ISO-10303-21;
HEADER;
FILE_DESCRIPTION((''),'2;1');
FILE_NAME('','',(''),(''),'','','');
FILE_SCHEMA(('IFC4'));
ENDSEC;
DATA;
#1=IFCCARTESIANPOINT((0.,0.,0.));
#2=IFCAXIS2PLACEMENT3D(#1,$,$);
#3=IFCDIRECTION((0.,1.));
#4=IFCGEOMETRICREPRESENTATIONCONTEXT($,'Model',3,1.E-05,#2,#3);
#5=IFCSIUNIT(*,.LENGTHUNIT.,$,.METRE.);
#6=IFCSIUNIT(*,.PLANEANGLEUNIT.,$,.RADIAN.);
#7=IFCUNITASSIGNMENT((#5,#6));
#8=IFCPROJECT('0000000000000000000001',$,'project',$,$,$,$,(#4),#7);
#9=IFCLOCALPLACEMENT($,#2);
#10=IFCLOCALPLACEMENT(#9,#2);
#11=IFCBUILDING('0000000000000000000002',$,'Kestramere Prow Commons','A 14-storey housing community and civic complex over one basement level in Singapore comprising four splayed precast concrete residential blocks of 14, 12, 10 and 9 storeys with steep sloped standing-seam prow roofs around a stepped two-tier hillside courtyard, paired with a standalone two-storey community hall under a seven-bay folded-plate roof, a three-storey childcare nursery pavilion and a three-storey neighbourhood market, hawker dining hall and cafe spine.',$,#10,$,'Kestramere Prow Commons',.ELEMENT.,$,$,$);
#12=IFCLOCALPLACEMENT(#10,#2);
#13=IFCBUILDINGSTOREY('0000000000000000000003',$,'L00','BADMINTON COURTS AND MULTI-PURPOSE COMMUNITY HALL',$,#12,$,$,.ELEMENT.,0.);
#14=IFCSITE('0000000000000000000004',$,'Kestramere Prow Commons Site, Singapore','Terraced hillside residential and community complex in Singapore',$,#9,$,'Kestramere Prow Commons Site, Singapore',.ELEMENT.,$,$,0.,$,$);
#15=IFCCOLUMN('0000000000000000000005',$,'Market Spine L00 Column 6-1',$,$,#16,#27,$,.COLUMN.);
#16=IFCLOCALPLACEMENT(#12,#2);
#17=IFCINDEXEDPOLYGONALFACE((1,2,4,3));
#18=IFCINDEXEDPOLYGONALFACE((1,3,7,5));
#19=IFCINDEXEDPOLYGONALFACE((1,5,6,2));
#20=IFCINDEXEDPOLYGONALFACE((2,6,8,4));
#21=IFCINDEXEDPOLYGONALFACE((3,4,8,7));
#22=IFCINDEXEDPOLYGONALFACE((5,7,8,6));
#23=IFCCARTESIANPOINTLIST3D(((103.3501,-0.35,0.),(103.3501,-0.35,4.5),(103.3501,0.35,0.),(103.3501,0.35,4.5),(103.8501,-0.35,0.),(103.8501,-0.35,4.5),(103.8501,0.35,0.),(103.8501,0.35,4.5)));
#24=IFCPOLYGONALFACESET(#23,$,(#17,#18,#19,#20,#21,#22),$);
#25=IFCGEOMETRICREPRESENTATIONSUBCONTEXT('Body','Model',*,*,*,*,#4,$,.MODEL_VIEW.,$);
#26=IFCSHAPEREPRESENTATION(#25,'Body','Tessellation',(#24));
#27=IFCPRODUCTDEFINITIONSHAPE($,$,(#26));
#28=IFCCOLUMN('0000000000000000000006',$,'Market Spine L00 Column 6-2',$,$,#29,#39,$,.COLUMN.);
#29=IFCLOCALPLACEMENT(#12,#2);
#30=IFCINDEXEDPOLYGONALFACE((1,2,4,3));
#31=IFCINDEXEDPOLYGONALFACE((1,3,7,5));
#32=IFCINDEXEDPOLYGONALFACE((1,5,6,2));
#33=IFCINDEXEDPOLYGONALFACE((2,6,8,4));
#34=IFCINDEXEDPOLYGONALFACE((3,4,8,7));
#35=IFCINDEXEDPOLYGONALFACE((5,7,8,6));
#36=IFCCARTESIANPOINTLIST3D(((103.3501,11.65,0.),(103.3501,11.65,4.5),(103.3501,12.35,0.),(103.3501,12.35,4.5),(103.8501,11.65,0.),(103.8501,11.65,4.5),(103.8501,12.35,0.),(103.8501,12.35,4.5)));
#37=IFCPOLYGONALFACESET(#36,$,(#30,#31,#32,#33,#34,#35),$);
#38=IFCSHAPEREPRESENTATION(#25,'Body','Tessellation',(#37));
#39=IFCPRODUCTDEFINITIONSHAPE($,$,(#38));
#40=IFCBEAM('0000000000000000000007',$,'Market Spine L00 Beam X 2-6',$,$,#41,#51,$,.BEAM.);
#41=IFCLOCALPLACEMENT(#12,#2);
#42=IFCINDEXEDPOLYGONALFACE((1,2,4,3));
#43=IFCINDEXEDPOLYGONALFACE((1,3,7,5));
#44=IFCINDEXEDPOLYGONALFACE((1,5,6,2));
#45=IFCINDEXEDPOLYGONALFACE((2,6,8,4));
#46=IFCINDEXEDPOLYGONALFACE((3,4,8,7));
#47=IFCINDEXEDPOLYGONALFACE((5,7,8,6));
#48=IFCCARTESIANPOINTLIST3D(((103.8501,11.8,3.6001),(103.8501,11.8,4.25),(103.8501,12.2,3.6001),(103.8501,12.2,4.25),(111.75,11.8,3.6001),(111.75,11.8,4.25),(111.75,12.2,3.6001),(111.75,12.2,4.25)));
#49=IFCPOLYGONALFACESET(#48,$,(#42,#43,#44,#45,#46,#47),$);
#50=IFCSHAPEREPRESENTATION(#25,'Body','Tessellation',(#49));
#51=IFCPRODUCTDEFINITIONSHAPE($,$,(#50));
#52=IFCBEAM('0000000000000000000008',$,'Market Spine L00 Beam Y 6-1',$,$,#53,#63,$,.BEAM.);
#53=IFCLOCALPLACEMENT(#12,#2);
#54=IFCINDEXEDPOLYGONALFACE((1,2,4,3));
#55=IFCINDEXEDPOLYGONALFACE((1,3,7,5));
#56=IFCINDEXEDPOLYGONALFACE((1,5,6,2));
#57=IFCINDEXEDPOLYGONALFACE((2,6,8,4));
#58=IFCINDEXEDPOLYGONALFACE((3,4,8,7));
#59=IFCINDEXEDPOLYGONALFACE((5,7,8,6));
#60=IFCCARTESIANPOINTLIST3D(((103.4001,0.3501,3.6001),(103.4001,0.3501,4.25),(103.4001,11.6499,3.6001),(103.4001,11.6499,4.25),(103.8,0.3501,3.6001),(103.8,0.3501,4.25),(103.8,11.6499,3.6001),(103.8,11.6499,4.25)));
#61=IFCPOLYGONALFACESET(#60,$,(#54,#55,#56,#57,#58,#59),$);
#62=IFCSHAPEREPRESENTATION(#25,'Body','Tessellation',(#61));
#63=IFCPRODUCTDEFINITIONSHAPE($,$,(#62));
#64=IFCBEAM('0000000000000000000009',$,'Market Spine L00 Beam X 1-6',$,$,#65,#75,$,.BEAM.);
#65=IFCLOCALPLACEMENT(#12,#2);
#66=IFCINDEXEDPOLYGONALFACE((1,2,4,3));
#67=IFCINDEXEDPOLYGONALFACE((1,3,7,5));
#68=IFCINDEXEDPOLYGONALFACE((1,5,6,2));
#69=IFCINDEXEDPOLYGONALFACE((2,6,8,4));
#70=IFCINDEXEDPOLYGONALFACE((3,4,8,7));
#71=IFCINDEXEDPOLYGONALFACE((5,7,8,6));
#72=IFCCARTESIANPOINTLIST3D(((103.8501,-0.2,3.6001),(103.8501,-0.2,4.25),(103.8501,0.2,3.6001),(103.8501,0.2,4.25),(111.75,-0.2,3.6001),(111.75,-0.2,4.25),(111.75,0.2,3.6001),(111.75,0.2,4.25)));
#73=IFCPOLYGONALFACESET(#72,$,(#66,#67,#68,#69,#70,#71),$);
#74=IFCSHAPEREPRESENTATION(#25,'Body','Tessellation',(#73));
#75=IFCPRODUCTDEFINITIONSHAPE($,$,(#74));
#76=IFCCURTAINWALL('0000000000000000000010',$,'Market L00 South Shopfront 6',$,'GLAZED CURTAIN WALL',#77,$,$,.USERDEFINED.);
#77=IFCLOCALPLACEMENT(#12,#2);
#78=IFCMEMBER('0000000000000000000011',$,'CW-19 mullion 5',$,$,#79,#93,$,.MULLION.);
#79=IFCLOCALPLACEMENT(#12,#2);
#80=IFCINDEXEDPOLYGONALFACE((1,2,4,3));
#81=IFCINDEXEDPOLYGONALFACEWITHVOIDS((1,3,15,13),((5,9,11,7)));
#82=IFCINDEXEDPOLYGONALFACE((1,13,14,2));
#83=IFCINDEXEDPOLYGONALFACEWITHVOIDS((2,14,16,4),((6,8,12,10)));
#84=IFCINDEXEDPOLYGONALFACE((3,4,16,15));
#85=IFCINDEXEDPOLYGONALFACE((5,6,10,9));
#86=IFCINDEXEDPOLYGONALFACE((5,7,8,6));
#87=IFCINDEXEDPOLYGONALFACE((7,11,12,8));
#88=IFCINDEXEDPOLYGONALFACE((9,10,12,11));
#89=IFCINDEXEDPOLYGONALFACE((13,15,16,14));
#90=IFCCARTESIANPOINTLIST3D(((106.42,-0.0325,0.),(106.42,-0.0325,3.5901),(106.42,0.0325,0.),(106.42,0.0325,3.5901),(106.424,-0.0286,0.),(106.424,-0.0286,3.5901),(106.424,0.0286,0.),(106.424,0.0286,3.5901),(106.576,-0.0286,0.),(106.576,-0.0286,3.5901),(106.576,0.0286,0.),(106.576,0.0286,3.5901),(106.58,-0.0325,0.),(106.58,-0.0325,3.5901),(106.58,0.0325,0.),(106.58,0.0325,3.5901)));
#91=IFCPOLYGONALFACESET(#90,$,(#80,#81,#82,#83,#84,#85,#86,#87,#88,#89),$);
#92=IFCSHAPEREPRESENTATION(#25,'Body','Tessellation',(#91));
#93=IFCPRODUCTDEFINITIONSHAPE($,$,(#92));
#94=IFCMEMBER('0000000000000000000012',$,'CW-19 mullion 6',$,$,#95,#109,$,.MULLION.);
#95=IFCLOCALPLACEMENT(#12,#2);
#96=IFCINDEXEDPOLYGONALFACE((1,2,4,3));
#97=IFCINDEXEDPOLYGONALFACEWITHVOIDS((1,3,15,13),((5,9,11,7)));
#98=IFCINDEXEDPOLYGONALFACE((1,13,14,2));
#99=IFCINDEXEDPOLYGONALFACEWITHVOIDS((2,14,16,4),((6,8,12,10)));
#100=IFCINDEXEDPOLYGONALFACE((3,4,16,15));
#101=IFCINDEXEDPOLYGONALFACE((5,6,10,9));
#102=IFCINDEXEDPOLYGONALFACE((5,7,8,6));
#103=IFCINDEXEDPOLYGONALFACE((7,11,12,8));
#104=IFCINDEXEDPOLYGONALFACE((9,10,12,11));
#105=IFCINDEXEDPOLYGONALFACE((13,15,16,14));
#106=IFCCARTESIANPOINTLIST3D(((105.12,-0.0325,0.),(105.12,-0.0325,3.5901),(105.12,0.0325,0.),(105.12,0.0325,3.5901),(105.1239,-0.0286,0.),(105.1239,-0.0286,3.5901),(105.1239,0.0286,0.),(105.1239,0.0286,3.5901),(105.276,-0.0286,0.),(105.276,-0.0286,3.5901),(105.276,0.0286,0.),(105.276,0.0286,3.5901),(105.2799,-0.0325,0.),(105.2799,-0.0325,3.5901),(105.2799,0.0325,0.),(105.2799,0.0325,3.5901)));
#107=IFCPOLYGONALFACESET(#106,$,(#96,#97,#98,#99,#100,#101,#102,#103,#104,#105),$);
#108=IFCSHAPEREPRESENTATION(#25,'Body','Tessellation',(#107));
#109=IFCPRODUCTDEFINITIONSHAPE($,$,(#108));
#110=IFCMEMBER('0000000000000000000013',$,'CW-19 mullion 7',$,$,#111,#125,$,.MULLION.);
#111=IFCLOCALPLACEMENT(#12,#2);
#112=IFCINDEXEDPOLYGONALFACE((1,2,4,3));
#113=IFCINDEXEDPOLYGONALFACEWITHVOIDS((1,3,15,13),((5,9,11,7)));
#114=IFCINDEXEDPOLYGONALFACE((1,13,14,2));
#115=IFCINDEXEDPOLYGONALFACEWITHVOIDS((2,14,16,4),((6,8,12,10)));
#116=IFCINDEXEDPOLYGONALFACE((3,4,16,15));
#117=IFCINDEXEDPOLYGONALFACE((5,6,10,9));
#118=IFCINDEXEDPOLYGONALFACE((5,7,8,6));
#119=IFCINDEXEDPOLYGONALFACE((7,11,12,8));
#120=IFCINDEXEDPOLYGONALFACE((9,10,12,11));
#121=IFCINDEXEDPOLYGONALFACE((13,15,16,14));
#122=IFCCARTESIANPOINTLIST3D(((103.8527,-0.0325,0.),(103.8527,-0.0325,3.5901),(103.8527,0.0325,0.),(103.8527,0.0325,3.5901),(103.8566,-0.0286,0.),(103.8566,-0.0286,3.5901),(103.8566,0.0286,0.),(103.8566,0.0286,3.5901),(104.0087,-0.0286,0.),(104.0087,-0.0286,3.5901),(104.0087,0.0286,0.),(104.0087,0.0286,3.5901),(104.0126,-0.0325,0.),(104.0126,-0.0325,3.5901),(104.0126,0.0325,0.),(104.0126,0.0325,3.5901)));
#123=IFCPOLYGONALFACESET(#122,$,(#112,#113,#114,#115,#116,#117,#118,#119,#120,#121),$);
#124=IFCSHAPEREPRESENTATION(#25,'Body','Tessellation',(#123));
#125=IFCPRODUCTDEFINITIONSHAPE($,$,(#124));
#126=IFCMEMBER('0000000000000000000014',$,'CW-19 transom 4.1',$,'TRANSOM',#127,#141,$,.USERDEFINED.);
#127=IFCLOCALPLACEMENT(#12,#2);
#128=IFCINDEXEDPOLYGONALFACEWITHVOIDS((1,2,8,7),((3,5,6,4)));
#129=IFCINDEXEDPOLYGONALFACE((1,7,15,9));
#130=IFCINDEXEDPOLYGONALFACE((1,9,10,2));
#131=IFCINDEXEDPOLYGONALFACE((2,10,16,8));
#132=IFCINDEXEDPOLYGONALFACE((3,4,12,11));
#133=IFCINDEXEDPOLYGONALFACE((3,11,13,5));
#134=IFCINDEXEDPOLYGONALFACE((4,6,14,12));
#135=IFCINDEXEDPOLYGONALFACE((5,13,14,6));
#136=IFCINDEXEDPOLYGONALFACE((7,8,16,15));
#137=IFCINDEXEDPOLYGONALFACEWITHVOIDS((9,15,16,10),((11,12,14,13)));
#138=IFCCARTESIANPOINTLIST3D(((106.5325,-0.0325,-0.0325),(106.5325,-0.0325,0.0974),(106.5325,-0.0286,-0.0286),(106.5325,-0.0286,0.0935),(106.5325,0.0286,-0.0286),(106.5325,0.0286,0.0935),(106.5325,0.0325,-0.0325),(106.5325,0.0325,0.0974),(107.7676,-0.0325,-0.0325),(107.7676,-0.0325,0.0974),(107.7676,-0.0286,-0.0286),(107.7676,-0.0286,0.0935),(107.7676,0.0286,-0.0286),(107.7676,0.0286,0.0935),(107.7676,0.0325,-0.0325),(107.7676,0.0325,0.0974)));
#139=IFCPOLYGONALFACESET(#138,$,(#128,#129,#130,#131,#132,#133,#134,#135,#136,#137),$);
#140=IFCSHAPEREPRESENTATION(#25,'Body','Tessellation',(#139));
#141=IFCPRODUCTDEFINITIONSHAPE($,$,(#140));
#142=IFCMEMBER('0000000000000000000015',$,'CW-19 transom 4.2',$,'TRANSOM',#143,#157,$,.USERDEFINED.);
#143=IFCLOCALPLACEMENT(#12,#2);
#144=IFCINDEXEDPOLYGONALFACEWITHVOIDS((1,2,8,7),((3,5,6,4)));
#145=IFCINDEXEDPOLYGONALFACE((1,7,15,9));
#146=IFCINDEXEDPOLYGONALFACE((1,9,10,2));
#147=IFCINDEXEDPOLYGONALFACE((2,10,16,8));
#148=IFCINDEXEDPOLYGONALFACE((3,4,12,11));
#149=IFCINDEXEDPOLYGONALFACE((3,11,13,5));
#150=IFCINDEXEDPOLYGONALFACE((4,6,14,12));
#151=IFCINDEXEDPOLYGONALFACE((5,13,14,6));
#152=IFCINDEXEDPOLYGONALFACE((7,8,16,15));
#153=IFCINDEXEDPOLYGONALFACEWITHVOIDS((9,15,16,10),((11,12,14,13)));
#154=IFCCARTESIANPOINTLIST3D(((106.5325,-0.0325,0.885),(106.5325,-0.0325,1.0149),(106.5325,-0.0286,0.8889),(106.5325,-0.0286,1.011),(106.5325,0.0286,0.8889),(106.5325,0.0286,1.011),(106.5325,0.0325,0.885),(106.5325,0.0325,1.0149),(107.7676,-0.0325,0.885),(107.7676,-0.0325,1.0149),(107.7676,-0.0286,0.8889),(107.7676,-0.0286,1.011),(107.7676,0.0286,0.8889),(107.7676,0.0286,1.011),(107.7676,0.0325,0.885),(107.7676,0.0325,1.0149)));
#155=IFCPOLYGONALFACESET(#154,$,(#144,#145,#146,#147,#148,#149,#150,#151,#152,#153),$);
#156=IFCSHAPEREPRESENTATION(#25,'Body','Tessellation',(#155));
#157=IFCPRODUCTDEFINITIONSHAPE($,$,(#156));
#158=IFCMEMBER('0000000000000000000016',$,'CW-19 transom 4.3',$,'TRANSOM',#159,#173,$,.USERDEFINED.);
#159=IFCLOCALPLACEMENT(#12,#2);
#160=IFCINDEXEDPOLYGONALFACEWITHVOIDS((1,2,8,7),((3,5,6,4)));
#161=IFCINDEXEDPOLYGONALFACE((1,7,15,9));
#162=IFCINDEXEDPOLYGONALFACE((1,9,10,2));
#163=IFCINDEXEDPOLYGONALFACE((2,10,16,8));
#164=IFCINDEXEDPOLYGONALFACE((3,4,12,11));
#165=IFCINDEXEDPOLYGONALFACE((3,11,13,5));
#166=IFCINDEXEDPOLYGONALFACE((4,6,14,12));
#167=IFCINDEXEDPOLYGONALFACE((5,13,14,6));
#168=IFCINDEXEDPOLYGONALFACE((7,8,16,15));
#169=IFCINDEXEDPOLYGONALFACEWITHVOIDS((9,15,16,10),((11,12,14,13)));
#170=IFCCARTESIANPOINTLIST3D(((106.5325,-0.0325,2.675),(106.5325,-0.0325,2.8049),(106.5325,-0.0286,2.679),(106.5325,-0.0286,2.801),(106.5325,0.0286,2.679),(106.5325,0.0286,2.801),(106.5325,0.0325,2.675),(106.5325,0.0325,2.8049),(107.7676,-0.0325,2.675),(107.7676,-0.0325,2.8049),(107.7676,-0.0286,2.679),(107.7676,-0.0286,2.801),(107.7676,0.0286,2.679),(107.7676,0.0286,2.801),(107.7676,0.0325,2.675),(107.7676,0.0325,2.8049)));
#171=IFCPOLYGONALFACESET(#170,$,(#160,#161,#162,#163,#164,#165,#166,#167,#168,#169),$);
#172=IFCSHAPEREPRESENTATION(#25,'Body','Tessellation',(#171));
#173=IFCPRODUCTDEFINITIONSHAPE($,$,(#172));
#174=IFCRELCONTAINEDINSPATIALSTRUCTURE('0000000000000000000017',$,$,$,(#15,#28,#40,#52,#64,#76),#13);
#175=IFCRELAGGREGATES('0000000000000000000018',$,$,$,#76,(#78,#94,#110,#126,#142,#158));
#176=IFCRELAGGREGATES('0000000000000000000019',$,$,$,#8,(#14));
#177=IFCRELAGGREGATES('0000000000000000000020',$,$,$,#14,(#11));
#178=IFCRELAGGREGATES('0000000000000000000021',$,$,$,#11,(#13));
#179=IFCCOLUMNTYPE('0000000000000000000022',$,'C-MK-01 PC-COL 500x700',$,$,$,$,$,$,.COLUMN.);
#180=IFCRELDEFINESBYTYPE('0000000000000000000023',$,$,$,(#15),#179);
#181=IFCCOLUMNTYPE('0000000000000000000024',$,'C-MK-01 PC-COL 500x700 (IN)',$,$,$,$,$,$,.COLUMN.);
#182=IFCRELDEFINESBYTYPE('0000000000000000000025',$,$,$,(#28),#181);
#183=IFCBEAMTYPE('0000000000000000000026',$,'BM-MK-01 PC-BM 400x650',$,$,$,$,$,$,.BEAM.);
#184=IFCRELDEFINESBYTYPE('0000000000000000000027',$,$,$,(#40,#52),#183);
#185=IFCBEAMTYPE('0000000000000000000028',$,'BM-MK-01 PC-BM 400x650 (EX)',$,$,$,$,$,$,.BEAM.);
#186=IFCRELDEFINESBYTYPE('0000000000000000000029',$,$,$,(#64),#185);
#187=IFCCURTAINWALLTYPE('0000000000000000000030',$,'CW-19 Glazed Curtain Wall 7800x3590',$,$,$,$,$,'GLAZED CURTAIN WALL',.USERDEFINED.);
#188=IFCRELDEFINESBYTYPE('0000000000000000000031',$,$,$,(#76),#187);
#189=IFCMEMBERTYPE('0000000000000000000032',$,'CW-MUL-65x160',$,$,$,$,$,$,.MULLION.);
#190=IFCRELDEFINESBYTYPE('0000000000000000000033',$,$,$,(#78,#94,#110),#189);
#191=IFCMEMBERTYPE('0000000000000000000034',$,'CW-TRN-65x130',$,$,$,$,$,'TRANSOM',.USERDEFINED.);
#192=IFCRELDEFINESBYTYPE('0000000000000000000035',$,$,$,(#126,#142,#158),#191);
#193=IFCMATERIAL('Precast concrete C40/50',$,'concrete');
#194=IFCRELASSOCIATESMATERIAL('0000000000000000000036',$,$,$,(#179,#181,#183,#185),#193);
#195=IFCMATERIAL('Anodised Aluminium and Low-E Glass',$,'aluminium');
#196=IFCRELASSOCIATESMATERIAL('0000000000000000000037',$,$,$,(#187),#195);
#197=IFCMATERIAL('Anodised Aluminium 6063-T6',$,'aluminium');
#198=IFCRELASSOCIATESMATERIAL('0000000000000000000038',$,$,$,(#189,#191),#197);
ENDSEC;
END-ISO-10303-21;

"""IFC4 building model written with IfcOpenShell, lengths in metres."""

from ifc_helpers import new_model, si_unit, direction, frame, origin, origin_2d, place, context, subcontext, project, spatial, rectangle, hollow_rectangle, extrude, material, material_profile, profile_set, type_object, element, aggregate, save


model = new_model("IFC4")

# Units and contexts
model_context = context("Model", 3, precision=1e-05, world=origin(), true_north=direction((0.0, 1.0)))
body_context = subcontext(model_context, "Body", "Model", "MODEL_VIEW")
ifc_project = project(units=[si_unit("LENGTHUNIT", "METRE"), si_unit("PLANEANGLEUNIT", "RADIAN")], contexts=[model_context])

# Site, building, storey
site_placement = place(None, origin())
site = spatial("IfcSite", under=ifc_project, at=site_placement, Name="Kestramere Prow Commons Site, Singapore", Description="Terraced hillside residential and community complex in Singapore", LongName="Kestramere Prow Commons Site, Singapore", CompositionType="ELEMENT", RefElevation=0.0)
building_placement = place(site_placement, origin())
building = spatial("IfcBuilding", under=site, at=building_placement, Name="Kestramere Prow Commons", Description="A 14-storey housing community and civic complex over one basement level in Singapore comprising four splayed precast concrete residential blocks of 14, 12, 10 and 9 storeys with steep sloped standing-seam prow roofs around a stepped two-tier hillside courtyard, paired with a standalone two-storey community hall under a seven-bay folded-plate roof, a three-storey childcare nursery pavilion and a three-storey neighbourhood market, hawker dining hall and cafe spine.", LongName="Kestramere Prow Commons", CompositionType="ELEMENT")
storey_placement = place(building_placement, origin())
storey = spatial("IfcBuildingStorey", under=building, at=storey_placement, Name="L00", Description="BADMINTON COURTS AND MULTI-PURPOSE COMMUNITY HALL", CompositionType="ELEMENT", Elevation=0.0)

# Columns
ifc_material_1 = material(Name="Precast concrete C40/50", Category="concrete")
ifc_material_profile_1 = material_profile(ifc_material_1, rectangle(XDim=0.5, YDim=0.7, at=origin_2d()), Name="PC-COL 500x700")
ifc_profile_set_1 = profile_set([ifc_material_profile_1], Name="Precast concrete C40/50")
column_type_1 = type_object("IfcColumnType", Name="C-MK-01 PC-COL 500x700", PredefinedType="COLUMN", material=ifc_profile_set_1)
column_1_placement = place(storey_placement, frame((103.6001, 0.0, 0.0), z_axis=(0.0, 0.0, 1.0), x_axis=(1.0, 0.0, 0.0)))
element("IfcColumn", 1, at=column_1_placement, inside=storey, type_object=column_type_1, Name="Market Spine L00 Column 6-1", PredefinedType="COLUMN", context=body_context, shape_type="SweptSolid", body=[
    extrude(rectangle(XDim=0.5, YDim=0.7, at=origin_2d()), origin(), (0.0, 0.0, 1.0), 4.5),
])
ifc_material_profile_2 = material_profile(ifc_material_1, rectangle(XDim=0.5, YDim=0.7, at=origin_2d()), Name="PC-COL 500x700")
ifc_profile_set_2 = profile_set([ifc_material_profile_2], Name="Precast concrete C40/50")
column_type_2 = type_object("IfcColumnType", Name="C-MK-01 PC-COL 500x700 (IN)", PredefinedType="COLUMN", material=ifc_profile_set_2)
column_2_placement = place(storey_placement, frame((103.6001, 12.0, 0.0), z_axis=(0.0, 0.0, 1.0), x_axis=(1.0, 0.0, 0.0)))
element("IfcColumn", 2, at=column_2_placement, inside=storey, type_object=column_type_2, Name="Market Spine L00 Column 6-2", PredefinedType="COLUMN", context=body_context, shape_type="SweptSolid", body=[
    extrude(rectangle(XDim=0.5, YDim=0.7, at=origin_2d()), origin(), (0.0, 0.0, 1.0), 4.5),
])

# Beams
ifc_material_profile_3 = material_profile(ifc_material_1, rectangle(XDim=0.3999, YDim=0.6499, at=origin_2d()), Name="PC-BM 400x650")
ifc_profile_set_3 = profile_set([ifc_material_profile_3], Name="Precast concrete C40/50")
beam_type_1 = type_object("IfcBeamType", Name="BM-MK-01 PC-BM 400x650", PredefinedType="BEAM", material=ifc_profile_set_3)
beam_1_placement = place(storey_placement, frame((103.8501, 12.0, 3.925), z_axis=(1.0, 0.0, 0.0), x_axis=(0.0, 1.0, 0.0)))
element("IfcBeam", 3, at=beam_1_placement, inside=storey, type_object=beam_type_1, Name="Market Spine L00 Beam X 2-6", PredefinedType="BEAM", context=body_context, shape_type="SweptSolid", body=[
    extrude(rectangle(XDim=0.3999, YDim=0.6499, at=origin_2d()), origin(), (0.0, 0.0, 1.0), 7.8999),
])
beam_2_placement = place(storey_placement, frame((103.6001, 0.3501, 3.925), z_axis=(0.0, 1.0, 0.0), x_axis=(-1.0, 0.0, 0.0)))
element("IfcBeam", 4, at=beam_2_placement, inside=storey, type_object=beam_type_1, Name="Market Spine L00 Beam Y 6-1", PredefinedType="BEAM", context=body_context, shape_type="SweptSolid", body=[
    extrude(rectangle(XDim=0.3999, YDim=0.6499, at=origin_2d()), origin(), (0.0, 0.0, 1.0), 11.2998),
])
ifc_material_profile_4 = material_profile(ifc_material_1, rectangle(XDim=0.3999, YDim=0.6499, at=origin_2d()), Name="PC-BM 400x650")
ifc_profile_set_4 = profile_set([ifc_material_profile_4], Name="Precast concrete C40/50")
beam_type_2 = type_object("IfcBeamType", Name="BM-MK-01 PC-BM 400x650 (EX)", PredefinedType="BEAM", material=ifc_profile_set_4)
beam_3_placement = place(storey_placement, frame((103.8501, 0.0, 3.925), z_axis=(1.0, 0.0, 0.0), x_axis=(0.0, 1.0, 0.0)))
element("IfcBeam", 5, at=beam_3_placement, inside=storey, type_object=beam_type_2, Name="Market Spine L00 Beam X 1-6", PredefinedType="BEAM", context=body_context, shape_type="SweptSolid", body=[
    extrude(rectangle(XDim=0.3999, YDim=0.6499, at=origin_2d()), origin(), (0.0, 0.0, 1.0), 7.8999),
])

# Curtain wall, members
ifc_material_2 = material(Name="Anodised Aluminium and Low-E Glass", Category="aluminium")
curtain_wall_type = type_object("IfcCurtainWallType", Name="CW-19 Glazed Curtain Wall 7800x3590", ElementType="GLAZED CURTAIN WALL", PredefinedType="USERDEFINED", material=ifc_material_2)
curtain_wall_placement = place(storey_placement, origin())
curtain_wall = element("IfcCurtainWall", 6, at=curtain_wall_placement, inside=storey, type_object=curtain_wall_type, Name="Market L00 South Shopfront 6", ObjectType="GLAZED CURTAIN WALL", PredefinedType="USERDEFINED")
ifc_material_3 = material(Name="Anodised Aluminium 6063-T6", Category="aluminium")
ifc_material_profile_5 = material_profile(ifc_material_3, hollow_rectangle(XDim=0.0649, YDim=0.1599, WallThickness=0.0039, at=origin_2d()), Name="ALU-MUL 65x160")
ifc_profile_set_5 = profile_set([ifc_material_profile_5], Name="Anodised Aluminium 6063-T6")
member_type_1 = type_object("IfcMemberType", Name="CW-MUL-65x160", PredefinedType="MULLION", material=ifc_profile_set_5)
member_1_placement = place(storey_placement, frame((106.5, 0.0, 0.0), z_axis=(0.0, 0.0, 1.0), x_axis=(0.0, -1.0, 0.0)))
member_1 = element("IfcMember", 7, at=member_1_placement, type_object=member_type_1, Name="CW-19 mullion 5", PredefinedType="MULLION", context=body_context, shape_type="SweptSolid", body=[
    extrude(hollow_rectangle(XDim=0.0649, YDim=0.1599, WallThickness=0.0039, at=origin_2d()), origin(), (0.0, 0.0, 1.0), 3.5901),
])
member_2_placement = place(storey_placement, frame((105.2, 0.0, 0.0), z_axis=(0.0, 0.0, 1.0), x_axis=(0.0, -1.0, 0.0)))
member_2 = element("IfcMember", 8, at=member_2_placement, type_object=member_type_1, Name="CW-19 mullion 6", PredefinedType="MULLION", context=body_context, shape_type="SweptSolid", body=[
    extrude(hollow_rectangle(XDim=0.0649, YDim=0.1599, WallThickness=0.0039, at=origin_2d()), origin(), (0.0, 0.0, 1.0), 3.5901),
])
member_3_placement = place(storey_placement, frame((103.9326, 0.0, 0.0), z_axis=(0.0, 0.0, 1.0), x_axis=(0.0, -1.0, 0.0)))
member_3 = element("IfcMember", 9, at=member_3_placement, type_object=member_type_1, Name="CW-19 mullion 7", PredefinedType="MULLION", context=body_context, shape_type="SweptSolid", body=[
    extrude(hollow_rectangle(XDim=0.0649, YDim=0.1599, WallThickness=0.0039, at=origin_2d()), origin(), (0.0, 0.0, 1.0), 3.5901),
])
ifc_material_profile_6 = material_profile(ifc_material_3, hollow_rectangle(XDim=0.0649, YDim=0.1299, WallThickness=0.0039, at=origin_2d()), Name="ALU-TRN 65x130")
ifc_profile_set_6 = profile_set([ifc_material_profile_6], Name="Anodised Aluminium 6063-T6")
member_type_2 = type_object("IfcMemberType", Name="CW-TRN-65x130", ElementType="TRANSOM", PredefinedType="USERDEFINED", material=ifc_profile_set_6)
member_4_placement = place(storey_placement, frame((107.7676, 0.0, 0.0325), z_axis=(-1.0, 0.0, 0.0), x_axis=(0.0, -1.0, 0.0)))
member_4 = element("IfcMember", 10, at=member_4_placement, type_object=member_type_2, Name="CW-19 transom 4.1", ObjectType="TRANSOM", PredefinedType="USERDEFINED", context=body_context, shape_type="SweptSolid", body=[
    extrude(hollow_rectangle(XDim=0.0649, YDim=0.1299, WallThickness=0.0039, at=origin_2d()), origin(), (0.0, 0.0, 1.0), 1.2351),
])
member_5_placement = place(storey_placement, frame((107.7676, 0.0, 0.95), z_axis=(-1.0, 0.0, 0.0), x_axis=(0.0, -1.0, 0.0)))
member_5 = element("IfcMember", 11, at=member_5_placement, type_object=member_type_2, Name="CW-19 transom 4.2", ObjectType="TRANSOM", PredefinedType="USERDEFINED", context=body_context, shape_type="SweptSolid", body=[
    extrude(hollow_rectangle(XDim=0.0649, YDim=0.1299, WallThickness=0.0039, at=origin_2d()), origin(), (0.0, 0.0, 1.0), 1.2351),
])
member_6_placement = place(storey_placement, frame((107.7676, 0.0, 2.74), z_axis=(-1.0, 0.0, 0.0), x_axis=(0.0, -1.0, 0.0)))
member_6 = element("IfcMember", 12, at=member_6_placement, type_object=member_type_2, Name="CW-19 transom 4.3", ObjectType="TRANSOM", PredefinedType="USERDEFINED", context=body_context, shape_type="SweptSolid", body=[
    extrude(hollow_rectangle(XDim=0.0649, YDim=0.1299, WallThickness=0.0039, at=origin_2d()), origin(), (0.0, 0.0, 1.0), 1.2351),
])
aggregate(curtain_wall, [member_1, member_2, member_3, member_4, member_5, member_6])

save(model, "model.ifc")
